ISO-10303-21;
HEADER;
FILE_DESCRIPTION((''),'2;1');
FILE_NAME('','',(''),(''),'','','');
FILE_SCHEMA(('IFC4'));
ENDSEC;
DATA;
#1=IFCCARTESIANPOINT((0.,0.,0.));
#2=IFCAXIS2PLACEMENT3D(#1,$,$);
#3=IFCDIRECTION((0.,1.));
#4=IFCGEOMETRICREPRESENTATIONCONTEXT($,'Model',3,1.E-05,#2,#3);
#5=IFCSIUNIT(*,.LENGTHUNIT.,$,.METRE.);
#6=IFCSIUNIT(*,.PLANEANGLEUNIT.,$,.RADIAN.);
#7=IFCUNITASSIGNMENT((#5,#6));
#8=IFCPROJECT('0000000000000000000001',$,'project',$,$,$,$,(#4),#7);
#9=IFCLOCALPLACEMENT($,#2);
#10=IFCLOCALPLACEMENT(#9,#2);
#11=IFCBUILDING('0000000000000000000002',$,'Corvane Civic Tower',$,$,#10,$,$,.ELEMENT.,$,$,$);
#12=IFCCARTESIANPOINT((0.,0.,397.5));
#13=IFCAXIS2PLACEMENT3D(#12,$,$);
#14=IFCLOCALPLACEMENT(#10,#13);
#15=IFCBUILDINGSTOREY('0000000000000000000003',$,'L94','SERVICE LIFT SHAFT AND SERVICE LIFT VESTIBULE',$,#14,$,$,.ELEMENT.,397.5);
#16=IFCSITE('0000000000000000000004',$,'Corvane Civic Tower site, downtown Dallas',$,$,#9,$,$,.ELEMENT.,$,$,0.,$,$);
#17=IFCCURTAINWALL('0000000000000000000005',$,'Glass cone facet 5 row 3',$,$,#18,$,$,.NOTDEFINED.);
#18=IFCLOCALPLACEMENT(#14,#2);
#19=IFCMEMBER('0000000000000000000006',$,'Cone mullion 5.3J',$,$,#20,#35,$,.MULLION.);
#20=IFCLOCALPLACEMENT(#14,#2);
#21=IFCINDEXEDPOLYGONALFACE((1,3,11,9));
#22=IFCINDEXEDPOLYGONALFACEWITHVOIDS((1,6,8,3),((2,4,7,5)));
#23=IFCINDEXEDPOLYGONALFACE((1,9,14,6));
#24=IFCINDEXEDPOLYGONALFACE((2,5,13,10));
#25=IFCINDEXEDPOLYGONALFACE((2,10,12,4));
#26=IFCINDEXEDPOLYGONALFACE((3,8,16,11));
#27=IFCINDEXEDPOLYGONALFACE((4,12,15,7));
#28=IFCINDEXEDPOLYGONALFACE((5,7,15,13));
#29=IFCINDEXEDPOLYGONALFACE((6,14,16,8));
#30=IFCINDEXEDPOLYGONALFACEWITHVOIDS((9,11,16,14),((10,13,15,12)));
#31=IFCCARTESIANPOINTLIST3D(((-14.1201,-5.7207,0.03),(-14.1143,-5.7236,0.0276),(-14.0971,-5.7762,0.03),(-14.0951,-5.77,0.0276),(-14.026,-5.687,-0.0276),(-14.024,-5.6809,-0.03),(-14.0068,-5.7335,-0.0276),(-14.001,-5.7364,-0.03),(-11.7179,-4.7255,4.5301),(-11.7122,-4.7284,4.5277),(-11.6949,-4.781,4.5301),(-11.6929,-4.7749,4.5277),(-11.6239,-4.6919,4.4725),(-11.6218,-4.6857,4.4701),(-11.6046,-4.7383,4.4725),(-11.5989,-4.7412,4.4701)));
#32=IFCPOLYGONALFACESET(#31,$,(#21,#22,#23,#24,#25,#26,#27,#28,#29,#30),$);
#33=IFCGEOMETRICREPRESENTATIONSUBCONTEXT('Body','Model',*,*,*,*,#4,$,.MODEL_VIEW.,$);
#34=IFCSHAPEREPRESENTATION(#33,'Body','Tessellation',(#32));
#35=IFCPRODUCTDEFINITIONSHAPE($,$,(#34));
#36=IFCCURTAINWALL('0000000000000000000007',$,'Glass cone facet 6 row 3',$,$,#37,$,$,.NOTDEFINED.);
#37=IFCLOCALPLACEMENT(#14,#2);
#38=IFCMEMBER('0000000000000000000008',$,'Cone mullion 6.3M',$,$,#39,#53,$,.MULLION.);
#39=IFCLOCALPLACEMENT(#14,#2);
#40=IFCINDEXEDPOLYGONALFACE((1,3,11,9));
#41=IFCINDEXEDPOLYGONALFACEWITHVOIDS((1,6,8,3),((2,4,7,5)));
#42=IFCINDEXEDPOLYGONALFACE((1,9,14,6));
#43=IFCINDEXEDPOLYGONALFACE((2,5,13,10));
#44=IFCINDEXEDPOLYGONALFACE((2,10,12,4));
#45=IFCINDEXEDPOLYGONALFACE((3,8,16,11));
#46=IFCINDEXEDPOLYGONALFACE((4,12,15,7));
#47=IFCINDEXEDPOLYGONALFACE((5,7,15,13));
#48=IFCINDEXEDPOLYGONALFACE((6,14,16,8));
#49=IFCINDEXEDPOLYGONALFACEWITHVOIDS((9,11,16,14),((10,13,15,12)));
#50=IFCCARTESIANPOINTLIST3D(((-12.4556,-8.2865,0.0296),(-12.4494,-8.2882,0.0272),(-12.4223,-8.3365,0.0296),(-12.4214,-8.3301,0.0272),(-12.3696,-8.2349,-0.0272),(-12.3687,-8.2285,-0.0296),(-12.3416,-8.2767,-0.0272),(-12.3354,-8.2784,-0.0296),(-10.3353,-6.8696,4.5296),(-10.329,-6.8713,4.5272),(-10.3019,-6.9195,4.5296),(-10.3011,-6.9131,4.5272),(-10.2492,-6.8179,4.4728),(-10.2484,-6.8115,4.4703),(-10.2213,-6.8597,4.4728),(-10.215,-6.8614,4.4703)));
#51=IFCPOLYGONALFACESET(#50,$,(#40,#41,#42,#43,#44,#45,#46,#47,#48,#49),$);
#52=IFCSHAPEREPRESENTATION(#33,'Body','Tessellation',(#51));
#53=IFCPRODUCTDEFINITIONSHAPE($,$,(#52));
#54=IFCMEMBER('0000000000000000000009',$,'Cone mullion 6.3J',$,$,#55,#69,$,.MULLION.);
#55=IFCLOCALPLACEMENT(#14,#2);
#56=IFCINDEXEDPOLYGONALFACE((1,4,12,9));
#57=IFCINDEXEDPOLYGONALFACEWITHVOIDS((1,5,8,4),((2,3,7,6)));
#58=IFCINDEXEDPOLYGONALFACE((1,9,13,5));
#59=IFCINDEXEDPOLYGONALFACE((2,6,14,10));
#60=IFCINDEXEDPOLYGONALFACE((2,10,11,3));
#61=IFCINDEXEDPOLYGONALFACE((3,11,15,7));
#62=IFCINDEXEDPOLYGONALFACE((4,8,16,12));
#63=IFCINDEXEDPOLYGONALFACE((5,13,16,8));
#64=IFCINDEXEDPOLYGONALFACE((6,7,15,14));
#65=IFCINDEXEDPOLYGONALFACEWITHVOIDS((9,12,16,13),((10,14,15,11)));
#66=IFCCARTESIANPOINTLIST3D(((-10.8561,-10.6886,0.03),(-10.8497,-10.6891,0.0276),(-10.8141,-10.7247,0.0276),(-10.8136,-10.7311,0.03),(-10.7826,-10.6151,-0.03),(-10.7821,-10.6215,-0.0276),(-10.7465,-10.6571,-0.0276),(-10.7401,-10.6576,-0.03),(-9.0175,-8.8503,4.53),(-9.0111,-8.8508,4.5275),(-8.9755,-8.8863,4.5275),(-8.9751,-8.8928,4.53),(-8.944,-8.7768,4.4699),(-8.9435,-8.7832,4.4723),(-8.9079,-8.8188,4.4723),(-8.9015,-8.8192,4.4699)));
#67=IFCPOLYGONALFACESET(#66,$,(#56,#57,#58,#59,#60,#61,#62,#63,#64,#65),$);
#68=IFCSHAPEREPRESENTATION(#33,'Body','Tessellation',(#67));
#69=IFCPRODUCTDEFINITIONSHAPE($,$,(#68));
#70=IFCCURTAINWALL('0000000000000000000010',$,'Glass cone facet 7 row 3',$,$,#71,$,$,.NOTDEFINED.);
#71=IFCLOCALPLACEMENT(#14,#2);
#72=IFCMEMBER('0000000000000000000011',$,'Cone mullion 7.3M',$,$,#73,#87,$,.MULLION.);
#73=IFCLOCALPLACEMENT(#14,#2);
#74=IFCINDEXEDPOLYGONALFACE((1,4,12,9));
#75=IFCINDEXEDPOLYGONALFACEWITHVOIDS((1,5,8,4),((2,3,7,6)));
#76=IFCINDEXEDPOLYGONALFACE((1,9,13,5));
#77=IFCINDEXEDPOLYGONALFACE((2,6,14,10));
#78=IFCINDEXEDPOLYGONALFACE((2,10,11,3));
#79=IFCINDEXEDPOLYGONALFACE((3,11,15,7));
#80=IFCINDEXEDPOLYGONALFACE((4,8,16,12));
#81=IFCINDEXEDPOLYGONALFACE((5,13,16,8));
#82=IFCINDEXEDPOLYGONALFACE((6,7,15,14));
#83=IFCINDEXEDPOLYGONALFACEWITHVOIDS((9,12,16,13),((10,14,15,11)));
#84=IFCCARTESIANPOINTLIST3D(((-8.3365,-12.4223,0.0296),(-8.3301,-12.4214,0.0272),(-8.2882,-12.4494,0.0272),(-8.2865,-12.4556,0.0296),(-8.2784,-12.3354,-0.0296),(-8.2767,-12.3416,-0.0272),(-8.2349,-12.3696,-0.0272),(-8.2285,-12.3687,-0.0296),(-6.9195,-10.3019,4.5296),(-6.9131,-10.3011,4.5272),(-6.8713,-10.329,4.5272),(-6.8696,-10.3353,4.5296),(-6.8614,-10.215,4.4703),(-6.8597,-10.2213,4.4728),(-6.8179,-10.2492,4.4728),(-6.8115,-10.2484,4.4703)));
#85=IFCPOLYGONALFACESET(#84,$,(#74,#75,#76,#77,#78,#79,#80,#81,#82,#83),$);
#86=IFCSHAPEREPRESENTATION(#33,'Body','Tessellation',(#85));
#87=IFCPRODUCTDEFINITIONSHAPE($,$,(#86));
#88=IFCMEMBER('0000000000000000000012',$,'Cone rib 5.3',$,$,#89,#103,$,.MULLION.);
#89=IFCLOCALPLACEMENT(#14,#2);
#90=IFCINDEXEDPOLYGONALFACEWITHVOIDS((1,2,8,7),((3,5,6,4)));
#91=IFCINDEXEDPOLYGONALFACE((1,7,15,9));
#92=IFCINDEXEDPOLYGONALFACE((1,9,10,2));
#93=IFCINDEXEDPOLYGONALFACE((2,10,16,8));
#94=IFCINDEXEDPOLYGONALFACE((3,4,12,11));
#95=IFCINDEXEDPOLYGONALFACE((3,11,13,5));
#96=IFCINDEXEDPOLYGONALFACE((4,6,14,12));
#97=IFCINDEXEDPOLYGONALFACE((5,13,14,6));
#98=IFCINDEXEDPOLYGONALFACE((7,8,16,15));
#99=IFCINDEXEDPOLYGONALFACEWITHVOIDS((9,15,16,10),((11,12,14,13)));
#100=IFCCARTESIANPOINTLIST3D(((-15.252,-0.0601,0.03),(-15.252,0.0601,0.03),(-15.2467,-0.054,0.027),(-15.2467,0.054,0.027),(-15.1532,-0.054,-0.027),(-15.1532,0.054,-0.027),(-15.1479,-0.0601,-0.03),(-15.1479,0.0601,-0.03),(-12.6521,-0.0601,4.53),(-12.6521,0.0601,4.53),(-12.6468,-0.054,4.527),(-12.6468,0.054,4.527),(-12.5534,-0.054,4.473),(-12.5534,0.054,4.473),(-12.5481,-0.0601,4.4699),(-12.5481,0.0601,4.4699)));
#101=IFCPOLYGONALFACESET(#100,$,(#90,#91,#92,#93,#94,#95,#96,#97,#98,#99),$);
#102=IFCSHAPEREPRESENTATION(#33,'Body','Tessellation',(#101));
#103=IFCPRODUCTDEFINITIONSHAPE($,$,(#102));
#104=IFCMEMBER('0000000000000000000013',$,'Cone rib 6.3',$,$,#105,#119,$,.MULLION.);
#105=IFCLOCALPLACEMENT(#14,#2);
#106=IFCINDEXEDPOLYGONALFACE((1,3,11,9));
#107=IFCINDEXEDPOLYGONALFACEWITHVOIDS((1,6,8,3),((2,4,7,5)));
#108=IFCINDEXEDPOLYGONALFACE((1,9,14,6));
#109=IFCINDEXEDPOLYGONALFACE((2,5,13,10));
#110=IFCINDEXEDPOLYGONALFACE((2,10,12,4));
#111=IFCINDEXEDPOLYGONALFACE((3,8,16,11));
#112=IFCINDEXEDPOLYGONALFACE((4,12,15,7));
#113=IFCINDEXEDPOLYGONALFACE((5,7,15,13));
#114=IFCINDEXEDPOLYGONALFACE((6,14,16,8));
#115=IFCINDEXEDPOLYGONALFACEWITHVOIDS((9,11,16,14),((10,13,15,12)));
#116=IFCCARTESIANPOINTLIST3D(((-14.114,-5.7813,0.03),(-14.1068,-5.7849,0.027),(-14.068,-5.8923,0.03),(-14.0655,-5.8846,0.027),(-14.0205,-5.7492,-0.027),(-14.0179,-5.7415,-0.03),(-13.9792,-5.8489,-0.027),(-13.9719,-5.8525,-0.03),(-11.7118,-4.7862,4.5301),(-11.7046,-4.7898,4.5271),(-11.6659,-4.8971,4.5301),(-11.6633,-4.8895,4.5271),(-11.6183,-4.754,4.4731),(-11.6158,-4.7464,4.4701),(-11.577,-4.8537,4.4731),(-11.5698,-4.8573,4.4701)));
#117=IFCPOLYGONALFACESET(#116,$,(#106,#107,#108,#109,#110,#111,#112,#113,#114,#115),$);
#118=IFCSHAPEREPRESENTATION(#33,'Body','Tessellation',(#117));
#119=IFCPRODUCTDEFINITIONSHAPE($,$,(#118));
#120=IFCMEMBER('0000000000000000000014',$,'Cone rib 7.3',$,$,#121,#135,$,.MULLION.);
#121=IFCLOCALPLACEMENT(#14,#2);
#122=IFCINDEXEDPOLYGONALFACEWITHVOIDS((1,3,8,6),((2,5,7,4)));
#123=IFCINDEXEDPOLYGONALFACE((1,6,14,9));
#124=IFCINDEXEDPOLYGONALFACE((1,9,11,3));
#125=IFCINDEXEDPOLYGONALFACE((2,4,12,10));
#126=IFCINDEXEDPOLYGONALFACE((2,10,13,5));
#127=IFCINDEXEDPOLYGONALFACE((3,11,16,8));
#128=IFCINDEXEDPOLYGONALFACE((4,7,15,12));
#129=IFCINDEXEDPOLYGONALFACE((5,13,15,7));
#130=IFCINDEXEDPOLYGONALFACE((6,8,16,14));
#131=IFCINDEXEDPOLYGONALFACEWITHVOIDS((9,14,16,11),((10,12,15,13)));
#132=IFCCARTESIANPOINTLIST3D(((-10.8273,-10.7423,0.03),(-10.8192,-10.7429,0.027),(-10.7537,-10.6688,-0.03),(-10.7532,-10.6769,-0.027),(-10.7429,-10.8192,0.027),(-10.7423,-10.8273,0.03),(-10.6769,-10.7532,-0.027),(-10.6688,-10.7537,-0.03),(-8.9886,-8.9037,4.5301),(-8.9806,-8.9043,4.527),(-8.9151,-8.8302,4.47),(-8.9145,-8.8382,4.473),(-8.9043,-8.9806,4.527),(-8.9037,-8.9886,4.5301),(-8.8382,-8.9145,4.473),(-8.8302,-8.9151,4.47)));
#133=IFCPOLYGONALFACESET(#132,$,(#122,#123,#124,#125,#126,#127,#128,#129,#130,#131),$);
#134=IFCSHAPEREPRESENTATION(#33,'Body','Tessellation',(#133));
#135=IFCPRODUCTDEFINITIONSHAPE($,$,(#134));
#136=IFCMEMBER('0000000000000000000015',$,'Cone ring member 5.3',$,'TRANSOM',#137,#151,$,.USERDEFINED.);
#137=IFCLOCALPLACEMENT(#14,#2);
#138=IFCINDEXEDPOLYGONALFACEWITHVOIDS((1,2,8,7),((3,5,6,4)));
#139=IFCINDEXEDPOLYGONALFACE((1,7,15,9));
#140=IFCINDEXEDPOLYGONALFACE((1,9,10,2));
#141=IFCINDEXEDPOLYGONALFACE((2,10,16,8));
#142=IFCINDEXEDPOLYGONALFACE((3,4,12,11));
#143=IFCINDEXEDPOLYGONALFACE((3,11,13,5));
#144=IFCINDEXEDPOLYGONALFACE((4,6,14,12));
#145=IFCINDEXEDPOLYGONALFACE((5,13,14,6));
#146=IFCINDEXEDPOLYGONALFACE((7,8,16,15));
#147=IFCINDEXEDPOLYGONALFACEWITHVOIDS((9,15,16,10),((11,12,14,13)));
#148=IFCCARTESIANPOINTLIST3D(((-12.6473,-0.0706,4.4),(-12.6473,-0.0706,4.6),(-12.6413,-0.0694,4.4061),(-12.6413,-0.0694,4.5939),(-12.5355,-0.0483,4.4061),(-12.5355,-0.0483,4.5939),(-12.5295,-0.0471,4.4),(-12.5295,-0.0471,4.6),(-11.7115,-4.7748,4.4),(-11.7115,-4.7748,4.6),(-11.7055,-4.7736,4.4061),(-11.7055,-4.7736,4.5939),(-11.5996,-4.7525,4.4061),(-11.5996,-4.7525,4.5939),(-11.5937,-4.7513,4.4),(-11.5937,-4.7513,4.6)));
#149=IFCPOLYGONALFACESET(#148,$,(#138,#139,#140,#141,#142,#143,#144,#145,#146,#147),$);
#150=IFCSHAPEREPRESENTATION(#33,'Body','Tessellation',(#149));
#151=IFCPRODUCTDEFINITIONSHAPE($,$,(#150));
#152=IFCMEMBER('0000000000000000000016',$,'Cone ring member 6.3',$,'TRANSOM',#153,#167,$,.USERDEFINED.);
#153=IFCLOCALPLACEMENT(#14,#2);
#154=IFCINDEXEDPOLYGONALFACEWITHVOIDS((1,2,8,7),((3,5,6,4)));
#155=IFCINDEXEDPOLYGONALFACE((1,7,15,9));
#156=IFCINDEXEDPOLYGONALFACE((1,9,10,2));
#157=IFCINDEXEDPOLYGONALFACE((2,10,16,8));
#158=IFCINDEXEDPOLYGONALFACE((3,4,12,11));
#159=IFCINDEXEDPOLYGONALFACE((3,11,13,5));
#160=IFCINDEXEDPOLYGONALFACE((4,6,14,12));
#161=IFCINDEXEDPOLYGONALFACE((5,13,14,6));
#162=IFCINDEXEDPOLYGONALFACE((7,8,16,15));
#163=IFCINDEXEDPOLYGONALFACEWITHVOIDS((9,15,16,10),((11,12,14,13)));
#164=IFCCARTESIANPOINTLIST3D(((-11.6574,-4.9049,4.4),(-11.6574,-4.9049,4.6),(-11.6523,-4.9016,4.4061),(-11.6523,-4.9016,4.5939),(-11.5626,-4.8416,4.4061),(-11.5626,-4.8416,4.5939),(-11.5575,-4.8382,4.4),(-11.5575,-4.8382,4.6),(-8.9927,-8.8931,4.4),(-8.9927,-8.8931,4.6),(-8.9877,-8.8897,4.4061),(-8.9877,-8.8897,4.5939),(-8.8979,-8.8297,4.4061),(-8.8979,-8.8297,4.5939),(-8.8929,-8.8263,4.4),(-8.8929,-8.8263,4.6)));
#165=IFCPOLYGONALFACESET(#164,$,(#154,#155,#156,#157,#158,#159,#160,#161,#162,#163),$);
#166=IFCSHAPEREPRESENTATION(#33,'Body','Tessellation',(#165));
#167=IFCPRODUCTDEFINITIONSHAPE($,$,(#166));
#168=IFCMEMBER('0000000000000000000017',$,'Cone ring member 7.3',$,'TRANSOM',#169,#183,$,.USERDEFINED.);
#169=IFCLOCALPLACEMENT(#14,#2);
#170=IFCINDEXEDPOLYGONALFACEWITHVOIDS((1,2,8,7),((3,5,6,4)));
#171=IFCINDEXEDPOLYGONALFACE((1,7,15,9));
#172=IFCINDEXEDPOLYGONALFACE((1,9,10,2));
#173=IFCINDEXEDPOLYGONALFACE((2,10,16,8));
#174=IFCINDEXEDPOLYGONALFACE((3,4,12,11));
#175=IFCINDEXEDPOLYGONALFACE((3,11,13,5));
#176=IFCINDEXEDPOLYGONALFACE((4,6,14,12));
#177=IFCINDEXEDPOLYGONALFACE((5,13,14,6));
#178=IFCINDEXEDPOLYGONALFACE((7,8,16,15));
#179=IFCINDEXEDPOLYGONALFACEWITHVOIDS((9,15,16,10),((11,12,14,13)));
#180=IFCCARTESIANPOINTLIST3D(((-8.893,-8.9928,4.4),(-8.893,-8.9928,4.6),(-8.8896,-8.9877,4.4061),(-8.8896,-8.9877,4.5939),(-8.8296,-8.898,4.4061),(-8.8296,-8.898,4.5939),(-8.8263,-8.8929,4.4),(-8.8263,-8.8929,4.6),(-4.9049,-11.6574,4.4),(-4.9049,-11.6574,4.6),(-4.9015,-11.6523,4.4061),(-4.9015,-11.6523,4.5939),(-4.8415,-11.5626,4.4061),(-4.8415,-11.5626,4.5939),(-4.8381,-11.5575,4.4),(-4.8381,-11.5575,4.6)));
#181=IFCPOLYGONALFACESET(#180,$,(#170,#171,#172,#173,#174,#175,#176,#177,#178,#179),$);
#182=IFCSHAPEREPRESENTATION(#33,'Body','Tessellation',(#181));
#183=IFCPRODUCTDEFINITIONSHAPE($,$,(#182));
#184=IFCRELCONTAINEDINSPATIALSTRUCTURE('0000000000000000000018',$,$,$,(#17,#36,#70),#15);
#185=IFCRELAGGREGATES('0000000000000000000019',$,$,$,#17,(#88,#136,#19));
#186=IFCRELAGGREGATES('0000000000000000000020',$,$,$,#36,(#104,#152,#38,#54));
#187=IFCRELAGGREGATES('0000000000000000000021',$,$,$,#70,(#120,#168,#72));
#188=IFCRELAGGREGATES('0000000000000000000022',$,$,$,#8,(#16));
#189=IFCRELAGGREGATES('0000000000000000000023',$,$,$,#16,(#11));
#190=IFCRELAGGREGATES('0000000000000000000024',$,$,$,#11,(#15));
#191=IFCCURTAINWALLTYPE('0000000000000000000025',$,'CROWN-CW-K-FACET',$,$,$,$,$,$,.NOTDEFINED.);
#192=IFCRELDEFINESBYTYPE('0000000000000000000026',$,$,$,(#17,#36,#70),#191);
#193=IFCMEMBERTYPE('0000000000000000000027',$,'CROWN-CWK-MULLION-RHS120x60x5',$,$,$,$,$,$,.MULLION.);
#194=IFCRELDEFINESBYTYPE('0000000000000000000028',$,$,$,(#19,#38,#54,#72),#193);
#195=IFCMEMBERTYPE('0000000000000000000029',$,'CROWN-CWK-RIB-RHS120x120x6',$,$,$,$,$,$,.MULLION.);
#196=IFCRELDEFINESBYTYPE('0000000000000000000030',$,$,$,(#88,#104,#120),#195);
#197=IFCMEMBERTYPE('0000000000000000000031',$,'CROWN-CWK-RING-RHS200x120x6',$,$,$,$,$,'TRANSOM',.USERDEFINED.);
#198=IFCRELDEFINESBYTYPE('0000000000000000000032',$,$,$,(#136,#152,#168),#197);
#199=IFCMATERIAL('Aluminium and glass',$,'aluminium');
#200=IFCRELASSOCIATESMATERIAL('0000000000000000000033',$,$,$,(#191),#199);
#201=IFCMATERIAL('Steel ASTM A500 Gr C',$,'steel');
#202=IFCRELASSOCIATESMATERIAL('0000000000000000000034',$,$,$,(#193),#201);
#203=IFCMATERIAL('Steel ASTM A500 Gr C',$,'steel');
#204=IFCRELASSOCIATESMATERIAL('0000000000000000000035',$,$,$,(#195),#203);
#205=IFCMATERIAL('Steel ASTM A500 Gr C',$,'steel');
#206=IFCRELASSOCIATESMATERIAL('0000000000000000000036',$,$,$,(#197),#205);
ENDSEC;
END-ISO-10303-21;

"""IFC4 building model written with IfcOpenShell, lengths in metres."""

from ifc_helpers import new_model, si_unit, direction, frame, origin, origin_2d, place, context, subcontext, project, spatial, hollow_rectangle, extrude, material, material_profile, profile_set, type_object, element, aggregate, save


model = new_model("IFC4")

# Units and contexts
model_context = context("Model", 3, precision=1e-05, world=origin(), true_north=direction((0.0, 1.0)))
body_context = subcontext(model_context, "Body", "Model", "MODEL_VIEW")
ifc_project = project(units=[si_unit("LENGTHUNIT", "METRE"), si_unit("PLANEANGLEUNIT", "RADIAN")], contexts=[model_context])

# Site, building, storey
site_placement = place(None, origin())
site = spatial("IfcSite", under=ifc_project, at=site_placement, Name="Corvane Civic Tower site, downtown Dallas", CompositionType="ELEMENT", RefElevation=0.0)
building_placement = place(site_placement, origin())
building = spatial("IfcBuilding", under=site, at=building_placement, Name="Corvane Civic Tower", CompositionType="ELEMENT")
storey_placement = place(building_placement, frame((0.0, 0.0, 397.5)))
storey = spatial("IfcBuildingStorey", under=building, at=storey_placement, Name="L94", Description="SERVICE LIFT SHAFT AND SERVICE LIFT VESTIBULE", CompositionType="ELEMENT", Elevation=397.5)

# Curtain walls, members
ifc_material_1 = material(Name="Aluminium and glass", Category="aluminium")
curtain_wall_type = type_object("IfcCurtainWallType", Name="CROWN-CW-K-FACET", PredefinedType="NOTDEFINED", material=ifc_material_1)
curtain_wall_1_placement = place(storey_placement, origin())
curtain_wall_1 = element("IfcCurtainWall", 1, at=curtain_wall_1_placement, inside=storey, type_object=curtain_wall_type, Name="Glass cone facet 5 row 3", PredefinedType="NOTDEFINED")
ifc_material_2 = material(Name="Steel ASTM A500 Gr C", Category="steel")
ifc_material_profile_1 = material_profile(ifc_material_2, hollow_rectangle(XDim=0.0601, YDim=0.1201, WallThickness=0.0049, at=origin_2d()), Name="RHS 120x60x5")
ifc_profile_set_1 = profile_set([ifc_material_profile_1], Name="Steel ASTM A500 Gr C")
member_type_1 = type_object("IfcMemberType", Name="CROWN-CWK-MULLION-RHS120x60x5", PredefinedType="MULLION", material=ifc_profile_set_1)
member_1_placement = place(storey_placement, frame((-14.0605, -5.7285, 0.0), z_axis=(0.462196, 0.191474, 0.86586), x_axis=(-0.382728, 0.923861, 0.0)))
member_1 = element("IfcMember", 2, at=member_1_placement, type_object=member_type_1, Name="Cone mullion 5.3J", PredefinedType="MULLION", context=body_context, shape_type="SweptSolid", body=[
    extrude(hollow_rectangle(XDim=0.0601, YDim=0.1201, WallThickness=0.0049, at=origin_2d()), origin(), (0.0, 0.0, 1.0), 5.1973),
])
curtain_wall_2_placement = place(storey_placement, origin())
curtain_wall_2 = element("IfcCurtainWall", 3, at=curtain_wall_2_placement, inside=storey, type_object=curtain_wall_type, Name="Glass cone facet 6 row 3", PredefinedType="NOTDEFINED")
member_2_placement = place(storey_placement, frame((-12.3955, -8.2825, 0.0), z_axis=(0.409937, 0.273952, 0.870001), x_axis=(-0.555628, 0.831431, 0.0)))
member_2 = element("IfcMember", 4, at=member_2_placement, type_object=member_type_1, Name="Cone mullion 6.3M", PredefinedType="MULLION", context=body_context, shape_type="SweptSolid", body=[
    extrude(hollow_rectangle(XDim=0.0601, YDim=0.1201, WallThickness=0.0049, at=origin_2d()), origin(), (0.0, 0.0, 1.0), 5.1724),
])
member_3_placement = place(storey_placement, frame((-10.7981, -10.6731, 0.0), z_axis=(0.353777, 0.35373, 0.865862), x_axis=(-0.70706, 0.707154, 0.0)))
member_3 = element("IfcMember", 5, at=member_3_placement, type_object=member_type_1, Name="Cone mullion 6.3J", PredefinedType="MULLION", context=body_context, shape_type="SweptSolid", body=[
    extrude(hollow_rectangle(XDim=0.0601, YDim=0.1201, WallThickness=0.0049, at=origin_2d()), origin(), (0.0, 0.0, 1.0), 5.197),
])

# Curtain wall, member
curtain_wall_3_placement = place(storey_placement, origin())
curtain_wall_3 = element("IfcCurtainWall", 6, at=curtain_wall_3_placement, inside=storey, type_object=curtain_wall_type, Name="Glass cone facet 7 row 3", PredefinedType="NOTDEFINED")
member_4_placement = place(storey_placement, frame((-8.2825, -12.3955, 0.0), z_axis=(0.273952, 0.409937, 0.870001), x_axis=(-0.831431, 0.555628, 0.0)))
member_4 = element("IfcMember", 7, at=member_4_placement, type_object=member_type_1, Name="Cone mullion 7.3M", PredefinedType="MULLION", context=body_context, shape_type="SweptSolid", body=[
    extrude(hollow_rectangle(XDim=0.0601, YDim=0.1201, WallThickness=0.0049, at=origin_2d()), origin(), (0.0, 0.0, 1.0), 5.1724),
])

# Members
ifc_material_3 = material(Name="Steel ASTM A500 Gr C", Category="steel")
ifc_material_profile_2 = material_profile(ifc_material_3, hollow_rectangle(XDim=0.1201, YDim=0.1201, WallThickness=0.0061, at=origin_2d()), Name="RHS 120x120x6")
ifc_profile_set_2 = profile_set([ifc_material_profile_2], Name="Steel ASTM A500 Gr C")
member_type_2 = type_object("IfcMemberType", Name="CROWN-CWK-RIB-RHS120x120x6", PredefinedType="MULLION", material=ifc_profile_set_2)
member_5_placement = place(storey_placement, frame((-15.2, 0.0, 0.0), z_axis=(0.500256, 0.0, 0.865877), x_axis=(0.0, 1.0, 0.0)))
member_5 = element("IfcMember", 8, at=member_5_placement, type_object=member_type_2, Name="Cone rib 5.3", PredefinedType="MULLION", context=body_context, shape_type="SweptSolid", body=[
    extrude(hollow_rectangle(XDim=0.1201, YDim=0.1201, WallThickness=0.0061, at=origin_2d()), origin(), (0.0, 0.0, 1.0), 5.197),
])
member_6_placement = place(storey_placement, frame((-14.043, -5.8169, 0.0), z_axis=(0.462196, 0.191474, 0.86586), x_axis=(-0.382728, 0.923861, 0.0)))
member_6 = element("IfcMember", 9, at=member_6_placement, type_object=member_type_2, Name="Cone rib 6.3", PredefinedType="MULLION", context=body_context, shape_type="SweptSolid", body=[
    extrude(hollow_rectangle(XDim=0.1201, YDim=0.1201, WallThickness=0.0061, at=origin_2d()), origin(), (0.0, 0.0, 1.0), 5.1973),
])
member_7_placement = place(storey_placement, frame((-10.748, -10.748, 0.0), z_axis=(0.353771, 0.353771, 0.865848), x_axis=(-0.707107, 0.707107, 0.0)))
member_7 = element("IfcMember", 10, at=member_7_placement, type_object=member_type_2, Name="Cone rib 7.3", PredefinedType="MULLION", context=body_context, shape_type="SweptSolid", body=[
    extrude(hollow_rectangle(XDim=0.1201, YDim=0.1201, WallThickness=0.0061, at=origin_2d()), origin(), (0.0, 0.0, 1.0), 5.1973),
])
ifc_material_4 = material(Name="Steel ASTM A500 Gr C", Category="steel")
ifc_material_profile_3 = material_profile(ifc_material_4, hollow_rectangle(XDim=0.1201, YDim=0.2, WallThickness=0.0061, at=origin_2d()), Name="RHS 200x120x6")
ifc_profile_set_3 = profile_set([ifc_material_profile_3], Name="Steel ASTM A500 Gr C")
member_type_3 = type_object("IfcMemberType", Name="CROWN-CWK-RING-RHS200x120x6", ElementType="TRANSOM", PredefinedType="USERDEFINED", material=ifc_profile_set_3)
member_8_placement = place(storey_placement, frame((-12.5884, -0.0588, 4.5), z_axis=(0.195108, -0.980782, 0.0), x_axis=(0.980782, 0.195108, 0.0)))
member_8 = element("IfcMember", 11, at=member_8_placement, type_object=member_type_3, Name="Cone ring member 5.3", ObjectType="TRANSOM", PredefinedType="USERDEFINED", context=body_context, shape_type="SweptSolid", body=[
    extrude(hollow_rectangle(XDim=0.1201, YDim=0.2, WallThickness=0.0061, at=origin_2d()), origin(), (0.0, 0.0, 1.0), 4.7964),
])
member_9_placement = place(storey_placement, frame((-11.6074, -4.8716, 4.5), z_axis=(0.555546, -0.831486, 0.0), x_axis=(0.831486, 0.555546, 0.0)))
member_9 = element("IfcMember", 12, at=member_9_placement, type_object=member_type_3, Name="Cone ring member 6.3", ObjectType="TRANSOM", PredefinedType="USERDEFINED", context=body_context, shape_type="SweptSolid", body=[
    extrude(hollow_rectangle(XDim=0.1201, YDim=0.2, WallThickness=0.0061, at=origin_2d()), origin(), (0.0, 0.0, 1.0), 4.7964),
])
member_10_placement = place(storey_placement, frame((-8.8596, -8.9429, 4.5), z_axis=(0.831486, -0.555546, 0.0), x_axis=(0.555546, 0.831486, 0.0)))
member_10 = element("IfcMember", 13, at=member_10_placement, type_object=member_type_3, Name="Cone ring member 7.3", ObjectType="TRANSOM", PredefinedType="USERDEFINED", context=body_context, shape_type="SweptSolid", body=[
    extrude(hollow_rectangle(XDim=0.1201, YDim=0.2, WallThickness=0.0061, at=origin_2d()), origin(), (0.0, 0.0, 1.0), 4.7964),
])

aggregate(curtain_wall_1, [member_5, member_8, member_1])
aggregate(curtain_wall_2, [member_6, member_9, member_2, member_3])
aggregate(curtain_wall_3, [member_7, member_10, member_4])

save(model, "model.ifc")
